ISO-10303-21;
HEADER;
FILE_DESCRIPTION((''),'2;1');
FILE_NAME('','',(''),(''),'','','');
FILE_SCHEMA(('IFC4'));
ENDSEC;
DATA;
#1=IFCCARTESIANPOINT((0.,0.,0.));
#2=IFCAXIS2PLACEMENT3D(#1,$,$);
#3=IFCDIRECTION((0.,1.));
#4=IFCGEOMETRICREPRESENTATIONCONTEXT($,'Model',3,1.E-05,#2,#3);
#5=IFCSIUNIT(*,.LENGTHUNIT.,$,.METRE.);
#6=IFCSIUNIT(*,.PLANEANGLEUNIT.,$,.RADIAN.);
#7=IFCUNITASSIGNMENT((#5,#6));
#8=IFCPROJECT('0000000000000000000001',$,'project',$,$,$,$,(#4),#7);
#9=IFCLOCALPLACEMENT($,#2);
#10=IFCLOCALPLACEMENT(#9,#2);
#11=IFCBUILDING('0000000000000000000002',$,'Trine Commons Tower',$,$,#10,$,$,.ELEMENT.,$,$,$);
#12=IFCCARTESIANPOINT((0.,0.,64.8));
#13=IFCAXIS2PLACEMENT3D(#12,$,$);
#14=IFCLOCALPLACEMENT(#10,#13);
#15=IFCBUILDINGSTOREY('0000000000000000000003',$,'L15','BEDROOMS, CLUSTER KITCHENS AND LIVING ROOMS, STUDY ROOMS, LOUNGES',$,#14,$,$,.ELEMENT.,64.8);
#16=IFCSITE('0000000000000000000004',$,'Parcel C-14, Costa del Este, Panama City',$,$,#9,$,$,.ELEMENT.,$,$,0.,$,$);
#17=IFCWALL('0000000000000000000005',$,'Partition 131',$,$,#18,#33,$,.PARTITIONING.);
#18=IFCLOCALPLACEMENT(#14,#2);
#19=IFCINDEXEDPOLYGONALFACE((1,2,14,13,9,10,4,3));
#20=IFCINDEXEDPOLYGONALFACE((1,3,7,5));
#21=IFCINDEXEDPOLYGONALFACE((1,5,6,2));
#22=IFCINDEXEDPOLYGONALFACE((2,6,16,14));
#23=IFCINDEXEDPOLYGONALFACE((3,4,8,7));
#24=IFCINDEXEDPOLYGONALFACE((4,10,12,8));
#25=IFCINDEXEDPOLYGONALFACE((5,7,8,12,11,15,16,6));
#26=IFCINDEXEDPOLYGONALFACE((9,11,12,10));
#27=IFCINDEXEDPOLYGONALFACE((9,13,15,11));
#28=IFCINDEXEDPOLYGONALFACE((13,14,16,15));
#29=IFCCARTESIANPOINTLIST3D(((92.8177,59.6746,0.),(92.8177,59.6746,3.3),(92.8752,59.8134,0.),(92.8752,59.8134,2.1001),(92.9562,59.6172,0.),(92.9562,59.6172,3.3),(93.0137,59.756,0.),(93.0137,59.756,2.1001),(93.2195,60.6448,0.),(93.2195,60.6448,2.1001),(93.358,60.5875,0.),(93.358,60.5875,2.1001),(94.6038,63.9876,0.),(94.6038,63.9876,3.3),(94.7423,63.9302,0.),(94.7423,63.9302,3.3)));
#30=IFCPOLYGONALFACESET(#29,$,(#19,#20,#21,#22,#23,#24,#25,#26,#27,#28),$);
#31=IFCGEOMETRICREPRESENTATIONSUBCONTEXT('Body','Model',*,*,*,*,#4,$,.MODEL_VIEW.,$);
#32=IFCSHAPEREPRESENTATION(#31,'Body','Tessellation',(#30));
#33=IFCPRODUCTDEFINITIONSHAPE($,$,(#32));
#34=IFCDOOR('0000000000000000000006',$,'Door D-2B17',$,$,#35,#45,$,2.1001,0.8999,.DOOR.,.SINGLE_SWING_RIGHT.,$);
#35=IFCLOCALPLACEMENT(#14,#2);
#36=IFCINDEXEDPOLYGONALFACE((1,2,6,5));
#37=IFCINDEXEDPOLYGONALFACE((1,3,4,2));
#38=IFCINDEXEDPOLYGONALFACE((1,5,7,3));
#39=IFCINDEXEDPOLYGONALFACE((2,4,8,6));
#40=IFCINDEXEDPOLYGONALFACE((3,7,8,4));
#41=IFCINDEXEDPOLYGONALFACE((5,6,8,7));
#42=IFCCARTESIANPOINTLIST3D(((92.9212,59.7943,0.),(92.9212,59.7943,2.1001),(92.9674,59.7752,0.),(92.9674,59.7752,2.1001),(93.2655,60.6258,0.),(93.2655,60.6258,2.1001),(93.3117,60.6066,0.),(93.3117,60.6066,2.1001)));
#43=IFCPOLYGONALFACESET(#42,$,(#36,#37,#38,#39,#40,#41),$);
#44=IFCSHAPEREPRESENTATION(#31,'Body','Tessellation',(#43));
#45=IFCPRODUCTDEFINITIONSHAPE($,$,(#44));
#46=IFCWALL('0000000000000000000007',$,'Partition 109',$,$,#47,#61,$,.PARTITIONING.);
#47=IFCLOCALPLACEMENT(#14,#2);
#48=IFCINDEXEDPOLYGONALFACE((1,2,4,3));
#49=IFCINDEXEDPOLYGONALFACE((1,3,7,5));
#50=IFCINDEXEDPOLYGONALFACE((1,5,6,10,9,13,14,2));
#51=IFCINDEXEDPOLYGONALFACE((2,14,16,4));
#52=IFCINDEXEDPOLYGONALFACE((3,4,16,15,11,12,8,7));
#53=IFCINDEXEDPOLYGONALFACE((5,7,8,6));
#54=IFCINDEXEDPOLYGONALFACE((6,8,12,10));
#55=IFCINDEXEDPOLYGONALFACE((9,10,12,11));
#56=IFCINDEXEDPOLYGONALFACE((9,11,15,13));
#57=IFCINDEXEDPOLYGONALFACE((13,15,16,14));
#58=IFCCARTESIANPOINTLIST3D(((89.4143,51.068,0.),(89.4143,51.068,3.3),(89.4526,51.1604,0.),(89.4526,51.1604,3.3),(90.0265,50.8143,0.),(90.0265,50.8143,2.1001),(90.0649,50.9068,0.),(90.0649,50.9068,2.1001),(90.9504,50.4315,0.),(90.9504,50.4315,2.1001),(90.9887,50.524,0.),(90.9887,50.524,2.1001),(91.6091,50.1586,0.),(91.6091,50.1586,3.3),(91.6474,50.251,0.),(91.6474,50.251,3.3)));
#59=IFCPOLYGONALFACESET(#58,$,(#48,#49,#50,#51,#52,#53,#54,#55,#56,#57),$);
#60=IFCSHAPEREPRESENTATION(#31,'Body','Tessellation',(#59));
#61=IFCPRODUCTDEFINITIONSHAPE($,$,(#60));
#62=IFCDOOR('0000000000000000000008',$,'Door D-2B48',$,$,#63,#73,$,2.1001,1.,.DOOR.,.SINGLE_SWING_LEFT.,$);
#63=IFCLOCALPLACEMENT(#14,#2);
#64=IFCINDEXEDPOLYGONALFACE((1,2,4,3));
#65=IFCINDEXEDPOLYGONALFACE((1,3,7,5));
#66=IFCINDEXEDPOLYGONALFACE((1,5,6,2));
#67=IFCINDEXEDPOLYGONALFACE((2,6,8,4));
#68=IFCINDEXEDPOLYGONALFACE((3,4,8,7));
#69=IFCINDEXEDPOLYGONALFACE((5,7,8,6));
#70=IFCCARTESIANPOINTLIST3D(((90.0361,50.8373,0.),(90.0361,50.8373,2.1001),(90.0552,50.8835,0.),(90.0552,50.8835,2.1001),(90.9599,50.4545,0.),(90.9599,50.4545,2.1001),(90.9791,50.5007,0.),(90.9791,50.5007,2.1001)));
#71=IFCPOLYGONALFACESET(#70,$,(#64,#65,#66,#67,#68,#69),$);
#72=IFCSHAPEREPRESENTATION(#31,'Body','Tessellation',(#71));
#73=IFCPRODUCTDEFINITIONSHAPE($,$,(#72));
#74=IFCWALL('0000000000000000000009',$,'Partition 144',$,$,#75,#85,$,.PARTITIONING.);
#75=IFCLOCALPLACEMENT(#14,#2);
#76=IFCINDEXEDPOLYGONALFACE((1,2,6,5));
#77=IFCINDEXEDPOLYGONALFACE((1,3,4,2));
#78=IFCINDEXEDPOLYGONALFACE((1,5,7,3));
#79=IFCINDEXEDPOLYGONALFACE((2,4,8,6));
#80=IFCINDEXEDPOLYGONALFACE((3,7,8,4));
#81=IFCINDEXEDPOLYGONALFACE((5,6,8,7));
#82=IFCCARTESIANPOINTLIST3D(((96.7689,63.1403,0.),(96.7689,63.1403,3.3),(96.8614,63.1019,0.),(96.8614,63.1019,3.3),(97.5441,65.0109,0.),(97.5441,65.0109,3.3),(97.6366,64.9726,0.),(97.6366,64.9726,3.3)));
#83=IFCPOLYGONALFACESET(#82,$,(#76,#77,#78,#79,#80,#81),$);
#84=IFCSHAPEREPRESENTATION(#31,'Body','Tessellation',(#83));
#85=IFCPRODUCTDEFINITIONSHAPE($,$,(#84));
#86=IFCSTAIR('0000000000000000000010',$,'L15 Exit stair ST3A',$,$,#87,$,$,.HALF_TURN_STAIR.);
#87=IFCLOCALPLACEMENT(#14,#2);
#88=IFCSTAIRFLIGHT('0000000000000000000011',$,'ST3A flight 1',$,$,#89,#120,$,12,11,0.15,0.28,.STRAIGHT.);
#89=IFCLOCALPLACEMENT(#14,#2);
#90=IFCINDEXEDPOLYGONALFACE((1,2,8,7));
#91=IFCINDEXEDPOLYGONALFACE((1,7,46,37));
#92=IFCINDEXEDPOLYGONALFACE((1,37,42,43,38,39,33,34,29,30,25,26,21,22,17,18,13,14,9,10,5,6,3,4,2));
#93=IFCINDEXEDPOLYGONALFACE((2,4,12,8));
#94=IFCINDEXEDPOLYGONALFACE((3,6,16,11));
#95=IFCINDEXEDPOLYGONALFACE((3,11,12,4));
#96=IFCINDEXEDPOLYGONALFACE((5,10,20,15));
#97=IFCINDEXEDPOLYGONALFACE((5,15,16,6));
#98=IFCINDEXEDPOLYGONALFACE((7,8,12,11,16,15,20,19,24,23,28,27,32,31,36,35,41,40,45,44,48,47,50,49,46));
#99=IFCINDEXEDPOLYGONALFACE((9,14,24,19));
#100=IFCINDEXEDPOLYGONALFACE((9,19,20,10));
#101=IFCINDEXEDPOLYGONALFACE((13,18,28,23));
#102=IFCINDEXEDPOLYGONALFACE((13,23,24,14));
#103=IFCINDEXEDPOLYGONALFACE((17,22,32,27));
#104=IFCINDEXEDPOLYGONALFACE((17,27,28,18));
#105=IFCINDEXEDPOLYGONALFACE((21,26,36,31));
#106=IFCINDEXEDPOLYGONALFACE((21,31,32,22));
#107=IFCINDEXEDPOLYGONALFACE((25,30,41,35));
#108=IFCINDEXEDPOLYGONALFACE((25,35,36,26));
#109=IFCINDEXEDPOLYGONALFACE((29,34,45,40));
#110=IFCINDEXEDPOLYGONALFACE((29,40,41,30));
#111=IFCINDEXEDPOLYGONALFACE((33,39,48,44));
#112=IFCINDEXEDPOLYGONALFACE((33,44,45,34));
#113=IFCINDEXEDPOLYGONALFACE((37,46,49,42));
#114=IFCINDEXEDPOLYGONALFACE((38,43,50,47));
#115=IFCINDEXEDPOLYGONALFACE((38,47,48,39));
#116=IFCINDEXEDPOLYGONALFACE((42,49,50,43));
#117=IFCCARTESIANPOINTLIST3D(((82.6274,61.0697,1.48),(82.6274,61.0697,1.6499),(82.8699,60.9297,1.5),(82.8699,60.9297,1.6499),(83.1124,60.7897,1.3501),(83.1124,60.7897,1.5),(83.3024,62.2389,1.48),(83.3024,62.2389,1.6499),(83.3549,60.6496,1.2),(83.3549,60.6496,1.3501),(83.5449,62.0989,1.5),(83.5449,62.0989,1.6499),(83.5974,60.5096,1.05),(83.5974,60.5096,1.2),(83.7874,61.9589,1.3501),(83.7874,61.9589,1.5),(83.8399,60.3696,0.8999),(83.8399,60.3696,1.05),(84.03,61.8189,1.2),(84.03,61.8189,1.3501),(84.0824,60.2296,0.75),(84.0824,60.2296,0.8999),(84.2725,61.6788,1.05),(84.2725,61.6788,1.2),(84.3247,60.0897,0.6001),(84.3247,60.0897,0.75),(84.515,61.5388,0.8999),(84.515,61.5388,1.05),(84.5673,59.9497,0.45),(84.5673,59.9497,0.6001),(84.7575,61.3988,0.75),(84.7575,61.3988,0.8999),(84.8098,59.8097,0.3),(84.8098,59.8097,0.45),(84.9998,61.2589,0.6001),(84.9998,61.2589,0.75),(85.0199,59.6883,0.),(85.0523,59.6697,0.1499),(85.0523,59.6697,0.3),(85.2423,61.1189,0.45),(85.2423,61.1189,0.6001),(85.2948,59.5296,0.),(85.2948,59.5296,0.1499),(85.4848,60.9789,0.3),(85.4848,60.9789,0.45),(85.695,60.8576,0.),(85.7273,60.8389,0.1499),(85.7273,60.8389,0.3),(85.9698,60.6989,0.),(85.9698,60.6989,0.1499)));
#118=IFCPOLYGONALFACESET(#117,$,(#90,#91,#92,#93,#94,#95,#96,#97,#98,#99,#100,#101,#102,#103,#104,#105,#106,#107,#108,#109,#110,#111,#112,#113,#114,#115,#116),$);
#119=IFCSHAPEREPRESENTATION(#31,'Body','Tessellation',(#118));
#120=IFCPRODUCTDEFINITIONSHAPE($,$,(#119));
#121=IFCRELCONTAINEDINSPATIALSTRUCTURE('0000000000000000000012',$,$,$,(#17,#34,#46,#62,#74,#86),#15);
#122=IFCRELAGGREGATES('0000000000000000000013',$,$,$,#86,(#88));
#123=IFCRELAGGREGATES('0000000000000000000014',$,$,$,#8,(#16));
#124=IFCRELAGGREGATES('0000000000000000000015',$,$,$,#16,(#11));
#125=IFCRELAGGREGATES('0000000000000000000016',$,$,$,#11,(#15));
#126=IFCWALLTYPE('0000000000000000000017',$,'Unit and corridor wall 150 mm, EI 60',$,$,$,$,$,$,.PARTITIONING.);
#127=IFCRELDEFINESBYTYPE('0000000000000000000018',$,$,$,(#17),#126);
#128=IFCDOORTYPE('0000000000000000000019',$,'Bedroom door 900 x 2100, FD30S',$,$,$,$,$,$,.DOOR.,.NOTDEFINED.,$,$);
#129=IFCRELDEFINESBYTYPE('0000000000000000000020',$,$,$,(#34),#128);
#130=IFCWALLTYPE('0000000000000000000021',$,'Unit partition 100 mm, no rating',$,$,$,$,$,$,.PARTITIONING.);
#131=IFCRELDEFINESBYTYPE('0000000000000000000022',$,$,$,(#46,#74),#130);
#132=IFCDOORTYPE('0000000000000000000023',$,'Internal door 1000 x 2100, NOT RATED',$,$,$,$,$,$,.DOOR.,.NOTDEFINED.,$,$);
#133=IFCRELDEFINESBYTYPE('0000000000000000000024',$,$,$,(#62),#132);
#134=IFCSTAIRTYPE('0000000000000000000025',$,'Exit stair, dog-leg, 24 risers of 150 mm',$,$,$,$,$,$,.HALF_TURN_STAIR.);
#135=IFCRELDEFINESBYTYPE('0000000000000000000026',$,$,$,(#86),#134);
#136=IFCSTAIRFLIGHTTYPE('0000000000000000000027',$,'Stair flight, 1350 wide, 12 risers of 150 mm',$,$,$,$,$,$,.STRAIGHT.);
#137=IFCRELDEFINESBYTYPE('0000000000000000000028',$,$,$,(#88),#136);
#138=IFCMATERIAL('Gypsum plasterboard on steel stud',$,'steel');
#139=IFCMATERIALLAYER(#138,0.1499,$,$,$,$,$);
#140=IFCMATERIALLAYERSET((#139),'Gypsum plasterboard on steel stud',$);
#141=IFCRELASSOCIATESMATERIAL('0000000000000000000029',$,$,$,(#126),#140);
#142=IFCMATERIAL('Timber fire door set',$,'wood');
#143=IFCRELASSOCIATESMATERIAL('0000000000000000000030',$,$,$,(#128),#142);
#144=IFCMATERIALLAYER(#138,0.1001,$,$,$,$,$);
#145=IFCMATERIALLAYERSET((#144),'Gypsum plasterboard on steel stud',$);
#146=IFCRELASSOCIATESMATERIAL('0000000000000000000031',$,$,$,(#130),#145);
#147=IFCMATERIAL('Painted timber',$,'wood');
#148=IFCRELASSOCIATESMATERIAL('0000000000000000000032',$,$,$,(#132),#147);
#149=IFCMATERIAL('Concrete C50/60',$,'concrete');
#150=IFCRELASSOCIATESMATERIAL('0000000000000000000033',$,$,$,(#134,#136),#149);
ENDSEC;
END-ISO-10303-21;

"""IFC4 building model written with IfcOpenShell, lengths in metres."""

from ifc_helpers import new_model, si_unit, direction, frame, frame_2d, origin, place, context, subcontext, project, spatial, polyline, rectangle, outline, extrude, material, layer, layer_set, type_object, element, fill, aggregate, save


model = new_model("IFC4")

# Units and contexts
model_context = context("Model", 3, precision=1e-05, world=origin(), true_north=direction((0.0, 1.0)))
body_context = subcontext(model_context, "Body", "Model", "MODEL_VIEW")
ifc_project = project(units=[si_unit("LENGTHUNIT", "METRE"), si_unit("PLANEANGLEUNIT", "RADIAN")], contexts=[model_context])

# Site, building, storey
site_placement = place(None, origin())
site = spatial("IfcSite", under=ifc_project, at=site_placement, Name="Parcel C-14, Costa del Este, Panama City", CompositionType="ELEMENT", RefElevation=0.0)
building_placement = place(site_placement, origin())
building = spatial("IfcBuilding", under=site, at=building_placement, Name="Trine Commons Tower", CompositionType="ELEMENT")
storey_placement = place(building_placement, frame((0.0, 0.0, 64.8)))
storey = spatial("IfcBuildingStorey", under=building, at=storey_placement, Name="L15", Description="BEDROOMS, CLUSTER KITCHENS AND LIVING ROOMS, STUDY ROOMS, LOUNGES", CompositionType="ELEMENT", Elevation=64.8)

# Shared definitions
ifc_material_1 = material(Name="Concrete C50/60", Category="concrete")

# Shared definitions
ifc_material_2 = material(Name="Gypsum plasterboard on steel stud", Category="steel")
ifc_layer_1 = layer(ifc_material_2, 0.1499)
ifc_layer_set_1 = layer_set([ifc_layer_1], Name="Gypsum plasterboard on steel stud")
wall_type_1 = type_object("IfcWallType", Name="Unit and corridor wall 150 mm, EI 60", PredefinedType="PARTITIONING", material=ifc_layer_set_1)

# Shared definitions
ifc_material_3 = material(Name="Painted timber", Category="wood")
ifc_material_4 = material(Name="Timber fire door set", Category="wood")

# Walls, openings, doors
wall_1_placement = place(storey_placement, frame((92.887, 59.646, 0.0), z_axis=(0.0, 0.0, 1.0), x_axis=(0.382617, 0.923907, 0.0)))
wall_1 = element("IfcWall", 1, at=wall_1_placement, inside=storey, type_object=wall_type_1, Name="Partition 131", PredefinedType="PARTITIONING", context=body_context, shape_type="SweptSolid", body=[
    extrude(rectangle(XDim=4.6682, YDim=0.1499, at=frame_2d((2.334, 0.0))), origin(), (0.0, 0.0, 1.0), 3.3),
])
opening_1_placement = place(wall_1_placement, frame((0.1501, 0.0, 0.0)))
opening_1 = element("IfcOpeningElement", 2, at=opening_1_placement, cuts=wall_1, PredefinedType="OPENING", context=body_context, shape_type="SweptSolid", body=[
    extrude(rectangle(XDim=0.8999, YDim=2.1001, at=frame_2d((0.45, 1.05))), frame((0.0, 0.085, 0.0), z_axis=(0.0, -1.0, 0.0), x_axis=(1.0, 0.0, 0.0)), (0.0, 0.0, 1.0), 0.1699),
])
door_type_1 = type_object("IfcDoorType", Name="Bedroom door 900 x 2100, FD30S", OperationType="NOTDEFINED", PredefinedType="DOOR", material=ifc_material_4)
door_1_placement = place(opening_1_placement, frame((0.8999, 0.0, 0.0), z_axis=(0.0, 0.0, 1.0), x_axis=(-1.0, 0.0, 0.0)))
door_1 = element("IfcDoor", 3, at=door_1_placement, inside=storey, type_object=door_type_1, Name="Door D-2B17", OperationType="SINGLE_SWING_RIGHT", OverallHeight=2.1001, OverallWidth=0.8999, PredefinedType="DOOR", context=body_context, shape_type="SweptSolid", body=[
    extrude(rectangle(XDim=0.8999, YDim=2.1001, at=frame_2d((0.45, 1.05))), frame((0.0, 0.0249, 0.0), z_axis=(0.0, -1.0, 0.0), x_axis=(1.0, 0.0, 0.0)), (0.0, 0.0, 1.0), 0.05),
])
fill(opening_1, door_1)
ifc_layer_2 = layer(ifc_material_2, 0.1001)
ifc_layer_set_2 = layer_set([ifc_layer_2], Name="Gypsum plasterboard on steel stud")
wall_type_2 = type_object("IfcWallType", Name="Unit partition 100 mm, no rating", PredefinedType="PARTITIONING", material=ifc_layer_set_2)
wall_2_placement = place(storey_placement, frame((89.4333, 51.1143, 0.0), z_axis=(0.0, 0.0, 1.0), x_axis=(0.923835, -0.38279, 0.0)))
wall_2 = element("IfcWall", 4, at=wall_2_placement, inside=storey, type_object=wall_type_2, Name="Partition 109", PredefinedType="PARTITIONING", context=body_context, shape_type="SweptSolid", body=[
    extrude(rectangle(XDim=2.3757, YDim=0.1001, at=frame_2d((1.188, 0.0))), origin(), (0.0, 0.0, 1.0), 3.3),
])
opening_2_placement = place(wall_2_placement, frame((0.6628, 0.0, 0.0)))
opening_2 = element("IfcOpeningElement", 5, at=opening_2_placement, cuts=wall_2, PredefinedType="OPENING", context=body_context, shape_type="SweptSolid", body=[
    extrude(rectangle(XDim=1.0, YDim=2.1001, at=frame_2d((0.5, 1.05))), frame((0.0, 0.0601, 0.0), z_axis=(0.0, -1.0, 0.0), x_axis=(1.0, 0.0, 0.0)), (0.0, 0.0, 1.0), 0.1201),
])
door_type_2 = type_object("IfcDoorType", Name="Internal door 1000 x 2100, NOT RATED", OperationType="NOTDEFINED", PredefinedType="DOOR", material=ifc_material_3)
door_2_placement = place(opening_2_placement, origin())
door_2 = element("IfcDoor", 6, at=door_2_placement, inside=storey, type_object=door_type_2, Name="Door D-2B48", OperationType="SINGLE_SWING_LEFT", OverallHeight=2.1001, OverallWidth=1.0, PredefinedType="DOOR", context=body_context, shape_type="SweptSolid", body=[
    extrude(rectangle(XDim=1.0, YDim=2.1001, at=frame_2d((0.5, 1.05))), frame((0.0, 0.0249, 0.0), z_axis=(0.0, -1.0, 0.0), x_axis=(1.0, 0.0, 0.0)), (0.0, 0.0, 1.0), 0.05),
])
fill(opening_2, door_2)

# Wall
wall_3_placement = place(storey_placement, frame((96.8152, 63.1211, 0.0), z_axis=(0.0, 0.0, 1.0), x_axis=(0.382817, 0.923824, 0.0)))
element("IfcWall", 7, at=wall_3_placement, inside=storey, type_object=wall_type_2, Name="Partition 144", PredefinedType="PARTITIONING", context=body_context, shape_type="SweptSolid", body=[
    extrude(rectangle(XDim=2.0249, YDim=0.1001, at=frame_2d((1.0125, 0.0))), origin(), (0.0, 0.0, 1.0), 3.3),
])

# Stair, stair flight
stair_type = type_object("IfcStairType", Name="Exit stair, dog-leg, 24 risers of 150 mm", PredefinedType="HALF_TURN_STAIR", material=ifc_material_1)
stair_placement = place(storey_placement, origin())
stair = element("IfcStair", 8, at=stair_placement, inside=storey, type_object=stair_type, Name="L15 Exit stair ST3A", PredefinedType="HALF_TURN_STAIR")
stair_flight_type = type_object("IfcStairFlightType", Name="Stair flight, 1350 wide, 12 risers of 150 mm", PredefinedType="STRAIGHT", material=ifc_material_1)
stair_flight_placement = place(storey_placement, frame((85.6323, 60.1143, 0.0), z_axis=(0.0, 0.0, 1.0), x_axis=(-0.866025, 0.5, 0.0)))
stair_flight = element("IfcStairFlight", 9, at=stair_flight_placement, type_object=stair_flight_type, Name="ST3A flight 1", NumberOfRisers=12, NumberOfTreads=11, PredefinedType="STRAIGHT", RiserHeight=0.15, TreadLength=0.28, context=body_context, shape_type="SweptSolid", body=[
    extrude(outline(polyline([(0.0, 0.0), (0.0, 0.1499), (0.28, 0.1499), (0.28, 0.3), (0.5601, 0.3), (0.5601, 0.45), (0.8401, 0.45), (0.8401, 0.6001), (1.1201, 0.6001), (1.1201, 0.75), (1.3999, 0.75), (1.3999, 0.8999), (1.6799, 0.8999), (1.6799, 1.05), (1.96, 1.05), (1.96, 1.2), (2.24, 1.2), (2.24, 1.3501), (2.52, 1.3501), (2.52, 1.5), (2.8, 1.5), (2.8, 1.6499), (3.0801, 1.6499), (3.0801, 1.8), (3.0801, 1.48), (0.3174, 0.0), (0.0, 0.0)])), frame((0.0, 0.675, 0.0), z_axis=(0.0, -1.0, 0.0), x_axis=(1.0, 0.0, 0.0)), (0.0, 0.0, 1.0), 1.3501),
])
aggregate(stair, [stair_flight])

save(model, "model.ifc")
